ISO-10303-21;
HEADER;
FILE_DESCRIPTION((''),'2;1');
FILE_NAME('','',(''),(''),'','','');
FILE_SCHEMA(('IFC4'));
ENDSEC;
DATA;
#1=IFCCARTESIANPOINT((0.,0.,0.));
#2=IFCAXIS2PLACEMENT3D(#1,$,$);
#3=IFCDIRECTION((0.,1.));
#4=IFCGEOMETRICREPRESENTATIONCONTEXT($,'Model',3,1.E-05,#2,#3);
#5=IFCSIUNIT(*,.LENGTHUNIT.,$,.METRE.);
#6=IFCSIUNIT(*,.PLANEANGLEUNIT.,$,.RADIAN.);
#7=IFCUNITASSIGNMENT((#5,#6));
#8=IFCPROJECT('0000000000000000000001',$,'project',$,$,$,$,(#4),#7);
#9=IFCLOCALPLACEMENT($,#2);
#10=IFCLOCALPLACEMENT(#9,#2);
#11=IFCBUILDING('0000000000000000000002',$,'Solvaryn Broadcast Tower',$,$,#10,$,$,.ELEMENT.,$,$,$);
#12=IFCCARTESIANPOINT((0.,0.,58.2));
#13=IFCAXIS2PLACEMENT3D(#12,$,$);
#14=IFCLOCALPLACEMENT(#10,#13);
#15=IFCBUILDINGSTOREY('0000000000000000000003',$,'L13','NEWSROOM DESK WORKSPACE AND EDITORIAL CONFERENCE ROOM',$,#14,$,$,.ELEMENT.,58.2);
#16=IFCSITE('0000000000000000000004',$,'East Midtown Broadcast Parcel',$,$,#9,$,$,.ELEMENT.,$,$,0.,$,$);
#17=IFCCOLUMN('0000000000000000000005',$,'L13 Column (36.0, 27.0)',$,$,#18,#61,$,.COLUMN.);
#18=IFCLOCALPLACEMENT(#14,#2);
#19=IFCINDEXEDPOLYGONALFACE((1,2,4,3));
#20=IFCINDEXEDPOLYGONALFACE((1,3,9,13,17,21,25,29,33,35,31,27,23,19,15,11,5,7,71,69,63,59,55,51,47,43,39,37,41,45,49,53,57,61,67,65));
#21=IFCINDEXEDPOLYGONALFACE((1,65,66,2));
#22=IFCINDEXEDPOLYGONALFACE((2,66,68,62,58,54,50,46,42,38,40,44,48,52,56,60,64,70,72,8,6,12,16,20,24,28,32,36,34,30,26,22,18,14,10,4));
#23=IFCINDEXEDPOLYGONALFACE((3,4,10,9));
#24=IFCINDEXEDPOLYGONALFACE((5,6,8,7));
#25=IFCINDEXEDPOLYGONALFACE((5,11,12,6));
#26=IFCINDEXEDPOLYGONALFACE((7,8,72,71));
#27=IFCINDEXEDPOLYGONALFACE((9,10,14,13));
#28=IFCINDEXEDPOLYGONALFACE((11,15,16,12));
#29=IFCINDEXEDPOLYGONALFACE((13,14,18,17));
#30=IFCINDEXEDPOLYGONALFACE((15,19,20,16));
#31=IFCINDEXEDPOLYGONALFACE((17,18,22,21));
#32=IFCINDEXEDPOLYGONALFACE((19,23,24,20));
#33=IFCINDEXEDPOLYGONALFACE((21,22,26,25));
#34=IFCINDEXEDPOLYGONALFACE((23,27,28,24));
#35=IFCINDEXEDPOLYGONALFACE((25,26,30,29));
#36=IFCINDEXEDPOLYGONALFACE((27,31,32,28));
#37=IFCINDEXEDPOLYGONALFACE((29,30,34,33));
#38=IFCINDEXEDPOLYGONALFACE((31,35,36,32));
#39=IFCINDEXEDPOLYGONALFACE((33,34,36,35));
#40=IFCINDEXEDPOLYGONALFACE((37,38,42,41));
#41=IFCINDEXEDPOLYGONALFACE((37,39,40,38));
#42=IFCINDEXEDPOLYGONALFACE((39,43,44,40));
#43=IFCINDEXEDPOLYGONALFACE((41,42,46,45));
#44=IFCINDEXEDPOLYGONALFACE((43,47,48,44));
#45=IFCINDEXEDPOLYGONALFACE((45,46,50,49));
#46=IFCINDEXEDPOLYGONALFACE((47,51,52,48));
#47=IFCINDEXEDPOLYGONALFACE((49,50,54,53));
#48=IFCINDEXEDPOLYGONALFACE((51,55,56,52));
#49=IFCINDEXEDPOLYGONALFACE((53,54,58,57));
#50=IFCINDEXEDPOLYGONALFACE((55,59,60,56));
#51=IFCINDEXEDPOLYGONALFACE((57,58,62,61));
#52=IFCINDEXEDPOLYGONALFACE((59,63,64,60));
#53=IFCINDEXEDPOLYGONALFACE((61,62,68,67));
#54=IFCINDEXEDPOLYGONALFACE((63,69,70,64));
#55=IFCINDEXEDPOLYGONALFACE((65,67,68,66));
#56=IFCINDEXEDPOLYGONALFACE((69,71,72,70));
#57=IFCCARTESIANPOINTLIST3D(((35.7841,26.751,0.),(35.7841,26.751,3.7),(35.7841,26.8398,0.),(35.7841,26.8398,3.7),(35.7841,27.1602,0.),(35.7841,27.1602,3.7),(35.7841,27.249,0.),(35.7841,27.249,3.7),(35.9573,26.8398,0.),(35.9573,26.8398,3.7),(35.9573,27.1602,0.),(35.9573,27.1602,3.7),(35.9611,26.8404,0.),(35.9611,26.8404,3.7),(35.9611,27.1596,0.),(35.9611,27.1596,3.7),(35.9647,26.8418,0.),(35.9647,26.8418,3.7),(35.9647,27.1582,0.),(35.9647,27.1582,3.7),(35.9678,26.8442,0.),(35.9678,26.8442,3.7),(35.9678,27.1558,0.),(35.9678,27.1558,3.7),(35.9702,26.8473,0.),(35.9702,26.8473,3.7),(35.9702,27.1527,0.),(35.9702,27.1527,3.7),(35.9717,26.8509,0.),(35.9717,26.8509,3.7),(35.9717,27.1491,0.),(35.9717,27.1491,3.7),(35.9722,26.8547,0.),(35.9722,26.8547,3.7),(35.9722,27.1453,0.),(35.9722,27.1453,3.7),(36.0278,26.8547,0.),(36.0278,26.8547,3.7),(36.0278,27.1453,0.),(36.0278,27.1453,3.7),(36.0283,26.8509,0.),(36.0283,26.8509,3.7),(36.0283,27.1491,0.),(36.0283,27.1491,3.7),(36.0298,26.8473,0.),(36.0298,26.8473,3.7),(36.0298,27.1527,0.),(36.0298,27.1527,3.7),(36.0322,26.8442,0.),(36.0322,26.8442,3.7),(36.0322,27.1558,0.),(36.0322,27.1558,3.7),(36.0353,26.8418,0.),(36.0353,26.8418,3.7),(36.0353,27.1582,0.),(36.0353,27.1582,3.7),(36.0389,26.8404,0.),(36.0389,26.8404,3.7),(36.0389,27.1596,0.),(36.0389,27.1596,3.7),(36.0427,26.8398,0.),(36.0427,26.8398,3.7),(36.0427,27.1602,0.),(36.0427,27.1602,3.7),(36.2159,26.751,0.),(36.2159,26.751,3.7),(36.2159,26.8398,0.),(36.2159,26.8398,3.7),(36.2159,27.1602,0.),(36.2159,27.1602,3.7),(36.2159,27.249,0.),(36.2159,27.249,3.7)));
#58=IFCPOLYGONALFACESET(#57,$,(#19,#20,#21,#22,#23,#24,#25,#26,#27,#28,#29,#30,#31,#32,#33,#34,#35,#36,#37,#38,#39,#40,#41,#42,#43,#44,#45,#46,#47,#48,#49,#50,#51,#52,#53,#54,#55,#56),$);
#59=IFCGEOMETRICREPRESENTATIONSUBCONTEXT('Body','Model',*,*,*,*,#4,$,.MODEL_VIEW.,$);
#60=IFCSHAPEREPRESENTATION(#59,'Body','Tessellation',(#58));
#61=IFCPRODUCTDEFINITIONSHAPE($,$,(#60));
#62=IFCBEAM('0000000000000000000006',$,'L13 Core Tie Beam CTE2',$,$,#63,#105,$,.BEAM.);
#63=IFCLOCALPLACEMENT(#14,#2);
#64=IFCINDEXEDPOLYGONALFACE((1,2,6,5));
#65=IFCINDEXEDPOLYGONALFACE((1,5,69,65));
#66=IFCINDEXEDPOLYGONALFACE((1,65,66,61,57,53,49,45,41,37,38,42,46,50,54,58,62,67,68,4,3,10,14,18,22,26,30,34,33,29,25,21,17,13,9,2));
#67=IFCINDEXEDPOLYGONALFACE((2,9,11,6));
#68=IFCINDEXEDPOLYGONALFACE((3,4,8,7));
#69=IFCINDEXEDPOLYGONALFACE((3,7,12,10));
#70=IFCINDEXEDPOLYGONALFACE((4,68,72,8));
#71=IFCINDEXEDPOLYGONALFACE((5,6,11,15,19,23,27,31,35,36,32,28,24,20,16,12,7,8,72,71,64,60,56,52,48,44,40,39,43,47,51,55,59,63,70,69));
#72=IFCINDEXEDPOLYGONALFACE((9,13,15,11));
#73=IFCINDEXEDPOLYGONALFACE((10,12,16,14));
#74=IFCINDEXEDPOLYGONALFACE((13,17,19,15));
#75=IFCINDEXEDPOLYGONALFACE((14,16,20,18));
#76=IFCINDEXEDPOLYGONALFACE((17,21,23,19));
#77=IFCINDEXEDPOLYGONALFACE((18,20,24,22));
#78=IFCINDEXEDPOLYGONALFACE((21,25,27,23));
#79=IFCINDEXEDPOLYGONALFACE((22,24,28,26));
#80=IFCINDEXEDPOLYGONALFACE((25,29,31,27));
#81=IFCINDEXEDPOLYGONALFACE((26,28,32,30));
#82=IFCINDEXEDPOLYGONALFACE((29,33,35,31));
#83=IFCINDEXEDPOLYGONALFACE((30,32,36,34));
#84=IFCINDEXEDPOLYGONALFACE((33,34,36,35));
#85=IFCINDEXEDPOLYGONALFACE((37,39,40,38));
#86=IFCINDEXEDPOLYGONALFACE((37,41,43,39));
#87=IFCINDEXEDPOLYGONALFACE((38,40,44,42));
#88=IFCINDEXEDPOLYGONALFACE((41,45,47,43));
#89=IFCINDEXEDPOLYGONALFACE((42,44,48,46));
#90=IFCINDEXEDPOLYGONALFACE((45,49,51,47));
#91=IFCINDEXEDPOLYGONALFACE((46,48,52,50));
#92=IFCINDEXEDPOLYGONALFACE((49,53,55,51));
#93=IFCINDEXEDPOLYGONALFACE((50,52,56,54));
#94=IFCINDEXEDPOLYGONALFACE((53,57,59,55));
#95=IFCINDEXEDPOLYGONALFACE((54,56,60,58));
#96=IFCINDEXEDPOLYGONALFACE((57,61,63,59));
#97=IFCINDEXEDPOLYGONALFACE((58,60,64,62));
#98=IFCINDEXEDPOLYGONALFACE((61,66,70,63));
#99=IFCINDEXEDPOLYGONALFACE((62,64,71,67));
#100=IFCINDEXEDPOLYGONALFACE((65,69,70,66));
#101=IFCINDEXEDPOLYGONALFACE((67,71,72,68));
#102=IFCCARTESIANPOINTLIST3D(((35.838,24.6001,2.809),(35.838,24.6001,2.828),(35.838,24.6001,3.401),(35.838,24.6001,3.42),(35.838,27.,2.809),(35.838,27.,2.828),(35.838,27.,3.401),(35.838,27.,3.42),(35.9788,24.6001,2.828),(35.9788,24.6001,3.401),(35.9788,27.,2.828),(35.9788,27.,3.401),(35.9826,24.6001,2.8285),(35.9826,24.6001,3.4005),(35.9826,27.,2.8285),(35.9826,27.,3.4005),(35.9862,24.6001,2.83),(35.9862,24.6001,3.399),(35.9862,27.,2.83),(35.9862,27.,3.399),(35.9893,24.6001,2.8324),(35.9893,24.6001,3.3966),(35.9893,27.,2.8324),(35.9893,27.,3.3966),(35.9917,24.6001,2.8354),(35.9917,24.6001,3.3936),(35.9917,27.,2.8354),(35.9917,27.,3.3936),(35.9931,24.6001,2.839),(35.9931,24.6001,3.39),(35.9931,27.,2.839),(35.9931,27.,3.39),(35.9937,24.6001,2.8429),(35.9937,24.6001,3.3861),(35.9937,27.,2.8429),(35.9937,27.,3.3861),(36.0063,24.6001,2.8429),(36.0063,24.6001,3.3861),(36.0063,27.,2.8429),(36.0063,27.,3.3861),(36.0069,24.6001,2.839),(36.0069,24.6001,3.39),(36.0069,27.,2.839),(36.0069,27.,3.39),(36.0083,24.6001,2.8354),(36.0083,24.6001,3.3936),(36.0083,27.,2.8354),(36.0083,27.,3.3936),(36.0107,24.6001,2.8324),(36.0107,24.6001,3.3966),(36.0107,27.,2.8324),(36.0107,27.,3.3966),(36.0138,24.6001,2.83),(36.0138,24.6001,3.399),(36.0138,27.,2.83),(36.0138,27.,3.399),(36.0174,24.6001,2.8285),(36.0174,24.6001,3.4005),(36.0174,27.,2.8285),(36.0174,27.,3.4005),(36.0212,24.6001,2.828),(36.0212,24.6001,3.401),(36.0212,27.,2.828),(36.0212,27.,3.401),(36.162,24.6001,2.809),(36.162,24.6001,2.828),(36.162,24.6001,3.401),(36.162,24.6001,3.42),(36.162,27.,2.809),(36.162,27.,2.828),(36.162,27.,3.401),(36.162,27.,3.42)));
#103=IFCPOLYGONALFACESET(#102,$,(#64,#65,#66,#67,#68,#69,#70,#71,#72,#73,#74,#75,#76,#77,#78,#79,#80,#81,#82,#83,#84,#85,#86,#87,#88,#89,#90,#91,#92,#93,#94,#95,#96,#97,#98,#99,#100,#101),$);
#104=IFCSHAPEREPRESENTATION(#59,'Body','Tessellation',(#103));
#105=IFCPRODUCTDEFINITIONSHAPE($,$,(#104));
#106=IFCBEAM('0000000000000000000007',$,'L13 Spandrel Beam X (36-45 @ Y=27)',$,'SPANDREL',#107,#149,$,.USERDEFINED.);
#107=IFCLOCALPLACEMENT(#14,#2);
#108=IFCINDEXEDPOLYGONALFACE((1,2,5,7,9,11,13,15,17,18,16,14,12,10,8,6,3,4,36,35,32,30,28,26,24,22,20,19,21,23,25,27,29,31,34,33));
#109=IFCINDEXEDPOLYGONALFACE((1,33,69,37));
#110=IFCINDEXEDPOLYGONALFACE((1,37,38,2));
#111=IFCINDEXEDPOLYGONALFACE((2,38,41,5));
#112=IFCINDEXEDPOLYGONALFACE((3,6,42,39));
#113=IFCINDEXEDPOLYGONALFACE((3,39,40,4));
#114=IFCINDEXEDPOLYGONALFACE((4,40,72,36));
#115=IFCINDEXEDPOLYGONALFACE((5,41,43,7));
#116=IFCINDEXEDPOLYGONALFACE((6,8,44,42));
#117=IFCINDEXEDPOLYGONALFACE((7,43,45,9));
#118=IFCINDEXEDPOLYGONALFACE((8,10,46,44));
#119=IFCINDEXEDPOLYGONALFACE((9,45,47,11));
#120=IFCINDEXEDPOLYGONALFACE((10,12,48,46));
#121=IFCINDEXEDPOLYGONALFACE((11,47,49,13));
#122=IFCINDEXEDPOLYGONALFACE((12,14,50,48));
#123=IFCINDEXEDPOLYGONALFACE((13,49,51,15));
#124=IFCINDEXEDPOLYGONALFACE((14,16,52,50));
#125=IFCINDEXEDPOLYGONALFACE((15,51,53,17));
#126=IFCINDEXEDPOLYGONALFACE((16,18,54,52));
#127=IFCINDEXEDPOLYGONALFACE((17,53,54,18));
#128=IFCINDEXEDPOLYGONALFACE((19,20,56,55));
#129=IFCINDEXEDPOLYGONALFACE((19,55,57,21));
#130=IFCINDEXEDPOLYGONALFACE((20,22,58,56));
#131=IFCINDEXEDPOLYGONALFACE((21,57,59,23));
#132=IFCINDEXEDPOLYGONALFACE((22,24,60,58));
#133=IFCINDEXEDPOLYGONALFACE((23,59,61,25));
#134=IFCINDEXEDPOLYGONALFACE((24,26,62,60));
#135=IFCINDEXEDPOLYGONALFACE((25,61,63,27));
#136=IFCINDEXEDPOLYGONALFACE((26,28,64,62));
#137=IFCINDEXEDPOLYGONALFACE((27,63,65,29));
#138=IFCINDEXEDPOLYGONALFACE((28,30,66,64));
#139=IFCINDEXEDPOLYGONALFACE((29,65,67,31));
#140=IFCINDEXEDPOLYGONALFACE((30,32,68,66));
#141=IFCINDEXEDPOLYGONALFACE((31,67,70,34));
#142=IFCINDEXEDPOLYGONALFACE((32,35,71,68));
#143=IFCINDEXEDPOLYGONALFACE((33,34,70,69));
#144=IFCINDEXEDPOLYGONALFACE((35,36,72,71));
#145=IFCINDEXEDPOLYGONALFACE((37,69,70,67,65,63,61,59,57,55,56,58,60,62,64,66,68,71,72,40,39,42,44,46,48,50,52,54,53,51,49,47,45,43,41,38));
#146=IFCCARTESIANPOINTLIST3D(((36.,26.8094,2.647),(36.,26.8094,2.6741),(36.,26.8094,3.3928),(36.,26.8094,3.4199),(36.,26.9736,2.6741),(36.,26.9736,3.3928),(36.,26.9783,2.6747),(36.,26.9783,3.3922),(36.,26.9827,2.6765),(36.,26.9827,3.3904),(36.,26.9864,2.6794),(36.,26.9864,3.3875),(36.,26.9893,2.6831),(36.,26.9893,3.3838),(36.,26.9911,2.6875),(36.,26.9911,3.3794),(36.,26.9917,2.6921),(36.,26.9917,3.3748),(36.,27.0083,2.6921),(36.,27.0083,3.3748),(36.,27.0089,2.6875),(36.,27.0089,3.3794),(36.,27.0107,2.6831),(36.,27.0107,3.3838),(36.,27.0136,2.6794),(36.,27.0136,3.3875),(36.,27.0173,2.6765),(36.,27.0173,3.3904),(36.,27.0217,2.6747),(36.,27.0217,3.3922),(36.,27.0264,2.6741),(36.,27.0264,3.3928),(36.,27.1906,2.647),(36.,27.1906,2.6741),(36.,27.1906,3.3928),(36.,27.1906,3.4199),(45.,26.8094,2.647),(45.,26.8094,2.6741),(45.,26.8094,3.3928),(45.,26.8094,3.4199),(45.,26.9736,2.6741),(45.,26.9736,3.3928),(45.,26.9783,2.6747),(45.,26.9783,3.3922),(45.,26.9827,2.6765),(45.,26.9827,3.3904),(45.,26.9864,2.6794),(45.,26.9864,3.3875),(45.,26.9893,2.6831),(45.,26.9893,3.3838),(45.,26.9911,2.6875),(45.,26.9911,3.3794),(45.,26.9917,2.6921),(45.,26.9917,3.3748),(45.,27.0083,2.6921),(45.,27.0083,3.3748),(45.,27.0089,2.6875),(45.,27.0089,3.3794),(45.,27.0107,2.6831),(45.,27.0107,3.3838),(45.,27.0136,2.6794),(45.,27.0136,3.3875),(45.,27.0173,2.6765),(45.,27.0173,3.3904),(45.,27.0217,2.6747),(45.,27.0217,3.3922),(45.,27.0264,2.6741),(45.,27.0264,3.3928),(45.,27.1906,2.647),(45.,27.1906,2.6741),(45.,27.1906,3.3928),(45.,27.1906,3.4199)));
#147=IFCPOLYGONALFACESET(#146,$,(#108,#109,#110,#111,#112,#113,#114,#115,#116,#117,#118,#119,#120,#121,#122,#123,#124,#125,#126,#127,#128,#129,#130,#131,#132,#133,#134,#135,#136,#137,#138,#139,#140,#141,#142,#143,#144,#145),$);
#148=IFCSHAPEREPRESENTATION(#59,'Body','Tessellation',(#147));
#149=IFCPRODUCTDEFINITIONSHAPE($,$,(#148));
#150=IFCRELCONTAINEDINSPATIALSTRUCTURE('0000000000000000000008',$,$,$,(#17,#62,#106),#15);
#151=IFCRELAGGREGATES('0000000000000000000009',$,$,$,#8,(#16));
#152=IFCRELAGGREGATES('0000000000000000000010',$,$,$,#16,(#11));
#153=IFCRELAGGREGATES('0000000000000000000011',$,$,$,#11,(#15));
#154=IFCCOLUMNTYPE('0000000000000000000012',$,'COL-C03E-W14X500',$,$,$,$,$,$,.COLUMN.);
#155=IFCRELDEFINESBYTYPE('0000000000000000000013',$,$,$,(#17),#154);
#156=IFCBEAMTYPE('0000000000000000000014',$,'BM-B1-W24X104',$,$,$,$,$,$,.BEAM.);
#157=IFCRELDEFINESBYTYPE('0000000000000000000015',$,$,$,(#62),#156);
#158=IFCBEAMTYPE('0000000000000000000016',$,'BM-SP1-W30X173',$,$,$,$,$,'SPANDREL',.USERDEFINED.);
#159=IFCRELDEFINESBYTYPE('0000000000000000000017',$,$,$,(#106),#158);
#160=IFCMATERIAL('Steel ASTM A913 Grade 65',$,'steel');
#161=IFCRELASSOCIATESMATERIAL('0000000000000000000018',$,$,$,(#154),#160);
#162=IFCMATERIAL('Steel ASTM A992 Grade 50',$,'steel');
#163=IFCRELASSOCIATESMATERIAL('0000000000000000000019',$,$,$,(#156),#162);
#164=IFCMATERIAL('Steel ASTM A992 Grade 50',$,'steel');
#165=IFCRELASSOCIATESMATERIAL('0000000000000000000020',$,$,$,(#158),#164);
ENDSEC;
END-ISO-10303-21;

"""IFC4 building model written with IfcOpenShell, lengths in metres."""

from ifc_helpers import new_model, si_unit, direction, frame, origin, origin_2d, place, context, subcontext, project, spatial, i_section, extrude, material, material_profile, profile_set, type_object, element, save


model = new_model("IFC4")

# Units and contexts
model_context = context("Model", 3, precision=1e-05, world=origin(), true_north=direction((0.0, 1.0)))
body_context = subcontext(model_context, "Body", "Model", "MODEL_VIEW")
ifc_project = project(units=[si_unit("LENGTHUNIT", "METRE"), si_unit("PLANEANGLEUNIT", "RADIAN")], contexts=[model_context])

# Site, building, storey
site_placement = place(None, origin())
site = spatial("IfcSite", under=ifc_project, at=site_placement, Name="East Midtown Broadcast Parcel", CompositionType="ELEMENT", RefElevation=0.0)
building_placement = place(site_placement, origin())
building = spatial("IfcBuilding", under=site, at=building_placement, Name="Solvaryn Broadcast Tower", CompositionType="ELEMENT")
storey_placement = place(building_placement, frame((0.0, 0.0, 58.2)))
storey = spatial("IfcBuildingStorey", under=building, at=storey_placement, Name="L13", Description="NEWSROOM DESK WORKSPACE AND EDITORIAL CONFERENCE ROOM", CompositionType="ELEMENT", Elevation=58.2)

# Column
ifc_material_1 = material(Name="Steel ASTM A913 Grade 65", Category="steel")
ifc_material_profile_1 = material_profile(ifc_material_1, i_section(OverallWidth=0.4319, OverallDepth=0.498, WebThickness=0.0557, FlangeThickness=0.0889, FilletRadius=0.0149, at=origin_2d()))
ifc_profile_set_1 = profile_set([ifc_material_profile_1], Name="Steel ASTM A913 Grade 65")
column_type = type_object("IfcColumnType", Name="COL-C03E-W14X500", PredefinedType="COLUMN", material=ifc_profile_set_1)
column_placement = place(storey_placement, frame((36.0, 27.0, 0.0), z_axis=(0.0, 0.0, 1.0), x_axis=(1.0, 0.0, 0.0)))
element("IfcColumn", 1, at=column_placement, inside=storey, type_object=column_type, Name="L13 Column (36.0, 27.0)", PredefinedType="COLUMN", context=body_context, shape_type="SweptSolid", body=[
    extrude(i_section(OverallWidth=0.4319, OverallDepth=0.498, WebThickness=0.0557, FlangeThickness=0.0889, FilletRadius=0.0149, at=origin_2d()), origin(), (0.0, 0.0, 1.0), 3.7),
])

# Beams
ifc_material_2 = material(Name="Steel ASTM A992 Grade 50", Category="steel")
ifc_material_profile_2 = material_profile(ifc_material_2, i_section(OverallWidth=0.324, OverallDepth=0.6111, WebThickness=0.0127, FlangeThickness=0.019, FilletRadius=0.0149, at=origin_2d()))
ifc_profile_set_2 = profile_set([ifc_material_profile_2], Name="Steel ASTM A992 Grade 50")
beam_type_1 = type_object("IfcBeamType", Name="BM-B1-W24X104", PredefinedType="BEAM", material=ifc_profile_set_2)
beam_1_placement = place(storey_placement, frame((36.0, 24.6001, 3.1145), z_axis=(0.0, 1.0, 0.0), x_axis=(-1.0, 0.0, 0.0)))
element("IfcBeam", 2, at=beam_1_placement, inside=storey, type_object=beam_type_1, Name="L13 Core Tie Beam CTE2", PredefinedType="BEAM", context=body_context, shape_type="SweptSolid", body=[
    extrude(i_section(OverallWidth=0.324, OverallDepth=0.6111, WebThickness=0.0127, FlangeThickness=0.019, FilletRadius=0.0149, at=origin_2d()), origin(), (0.0, 0.0, 1.0), 2.3999),
])
ifc_material_3 = material(Name="Steel ASTM A992 Grade 50", Category="steel")
ifc_material_profile_3 = material_profile(ifc_material_3, i_section(OverallWidth=0.3811, OverallDepth=0.7729, WebThickness=0.0166, FlangeThickness=0.0271, FilletRadius=0.0181, at=origin_2d()))
ifc_profile_set_3 = profile_set([ifc_material_profile_3], Name="Steel ASTM A992 Grade 50")
beam_type_2 = type_object("IfcBeamType", Name="BM-SP1-W30X173", ElementType="SPANDREL", PredefinedType="USERDEFINED", material=ifc_profile_set_3)
beam_2_placement = place(storey_placement, frame((36.0, 27.0, 3.0334), z_axis=(1.0, 0.0, 0.0), x_axis=(0.0, 1.0, 0.0)))
element("IfcBeam", 3, at=beam_2_placement, inside=storey, type_object=beam_type_2, Name="L13 Spandrel Beam X (36-45 @ Y=27)", ObjectType="SPANDREL", PredefinedType="USERDEFINED", context=body_context, shape_type="SweptSolid", body=[
    extrude(i_section(OverallWidth=0.3811, OverallDepth=0.7729, WebThickness=0.0166, FlangeThickness=0.0271, FilletRadius=0.0181, at=origin_2d()), origin(), (0.0, 0.0, 1.0), 9.0),
])

save(model, "model.ifc")
